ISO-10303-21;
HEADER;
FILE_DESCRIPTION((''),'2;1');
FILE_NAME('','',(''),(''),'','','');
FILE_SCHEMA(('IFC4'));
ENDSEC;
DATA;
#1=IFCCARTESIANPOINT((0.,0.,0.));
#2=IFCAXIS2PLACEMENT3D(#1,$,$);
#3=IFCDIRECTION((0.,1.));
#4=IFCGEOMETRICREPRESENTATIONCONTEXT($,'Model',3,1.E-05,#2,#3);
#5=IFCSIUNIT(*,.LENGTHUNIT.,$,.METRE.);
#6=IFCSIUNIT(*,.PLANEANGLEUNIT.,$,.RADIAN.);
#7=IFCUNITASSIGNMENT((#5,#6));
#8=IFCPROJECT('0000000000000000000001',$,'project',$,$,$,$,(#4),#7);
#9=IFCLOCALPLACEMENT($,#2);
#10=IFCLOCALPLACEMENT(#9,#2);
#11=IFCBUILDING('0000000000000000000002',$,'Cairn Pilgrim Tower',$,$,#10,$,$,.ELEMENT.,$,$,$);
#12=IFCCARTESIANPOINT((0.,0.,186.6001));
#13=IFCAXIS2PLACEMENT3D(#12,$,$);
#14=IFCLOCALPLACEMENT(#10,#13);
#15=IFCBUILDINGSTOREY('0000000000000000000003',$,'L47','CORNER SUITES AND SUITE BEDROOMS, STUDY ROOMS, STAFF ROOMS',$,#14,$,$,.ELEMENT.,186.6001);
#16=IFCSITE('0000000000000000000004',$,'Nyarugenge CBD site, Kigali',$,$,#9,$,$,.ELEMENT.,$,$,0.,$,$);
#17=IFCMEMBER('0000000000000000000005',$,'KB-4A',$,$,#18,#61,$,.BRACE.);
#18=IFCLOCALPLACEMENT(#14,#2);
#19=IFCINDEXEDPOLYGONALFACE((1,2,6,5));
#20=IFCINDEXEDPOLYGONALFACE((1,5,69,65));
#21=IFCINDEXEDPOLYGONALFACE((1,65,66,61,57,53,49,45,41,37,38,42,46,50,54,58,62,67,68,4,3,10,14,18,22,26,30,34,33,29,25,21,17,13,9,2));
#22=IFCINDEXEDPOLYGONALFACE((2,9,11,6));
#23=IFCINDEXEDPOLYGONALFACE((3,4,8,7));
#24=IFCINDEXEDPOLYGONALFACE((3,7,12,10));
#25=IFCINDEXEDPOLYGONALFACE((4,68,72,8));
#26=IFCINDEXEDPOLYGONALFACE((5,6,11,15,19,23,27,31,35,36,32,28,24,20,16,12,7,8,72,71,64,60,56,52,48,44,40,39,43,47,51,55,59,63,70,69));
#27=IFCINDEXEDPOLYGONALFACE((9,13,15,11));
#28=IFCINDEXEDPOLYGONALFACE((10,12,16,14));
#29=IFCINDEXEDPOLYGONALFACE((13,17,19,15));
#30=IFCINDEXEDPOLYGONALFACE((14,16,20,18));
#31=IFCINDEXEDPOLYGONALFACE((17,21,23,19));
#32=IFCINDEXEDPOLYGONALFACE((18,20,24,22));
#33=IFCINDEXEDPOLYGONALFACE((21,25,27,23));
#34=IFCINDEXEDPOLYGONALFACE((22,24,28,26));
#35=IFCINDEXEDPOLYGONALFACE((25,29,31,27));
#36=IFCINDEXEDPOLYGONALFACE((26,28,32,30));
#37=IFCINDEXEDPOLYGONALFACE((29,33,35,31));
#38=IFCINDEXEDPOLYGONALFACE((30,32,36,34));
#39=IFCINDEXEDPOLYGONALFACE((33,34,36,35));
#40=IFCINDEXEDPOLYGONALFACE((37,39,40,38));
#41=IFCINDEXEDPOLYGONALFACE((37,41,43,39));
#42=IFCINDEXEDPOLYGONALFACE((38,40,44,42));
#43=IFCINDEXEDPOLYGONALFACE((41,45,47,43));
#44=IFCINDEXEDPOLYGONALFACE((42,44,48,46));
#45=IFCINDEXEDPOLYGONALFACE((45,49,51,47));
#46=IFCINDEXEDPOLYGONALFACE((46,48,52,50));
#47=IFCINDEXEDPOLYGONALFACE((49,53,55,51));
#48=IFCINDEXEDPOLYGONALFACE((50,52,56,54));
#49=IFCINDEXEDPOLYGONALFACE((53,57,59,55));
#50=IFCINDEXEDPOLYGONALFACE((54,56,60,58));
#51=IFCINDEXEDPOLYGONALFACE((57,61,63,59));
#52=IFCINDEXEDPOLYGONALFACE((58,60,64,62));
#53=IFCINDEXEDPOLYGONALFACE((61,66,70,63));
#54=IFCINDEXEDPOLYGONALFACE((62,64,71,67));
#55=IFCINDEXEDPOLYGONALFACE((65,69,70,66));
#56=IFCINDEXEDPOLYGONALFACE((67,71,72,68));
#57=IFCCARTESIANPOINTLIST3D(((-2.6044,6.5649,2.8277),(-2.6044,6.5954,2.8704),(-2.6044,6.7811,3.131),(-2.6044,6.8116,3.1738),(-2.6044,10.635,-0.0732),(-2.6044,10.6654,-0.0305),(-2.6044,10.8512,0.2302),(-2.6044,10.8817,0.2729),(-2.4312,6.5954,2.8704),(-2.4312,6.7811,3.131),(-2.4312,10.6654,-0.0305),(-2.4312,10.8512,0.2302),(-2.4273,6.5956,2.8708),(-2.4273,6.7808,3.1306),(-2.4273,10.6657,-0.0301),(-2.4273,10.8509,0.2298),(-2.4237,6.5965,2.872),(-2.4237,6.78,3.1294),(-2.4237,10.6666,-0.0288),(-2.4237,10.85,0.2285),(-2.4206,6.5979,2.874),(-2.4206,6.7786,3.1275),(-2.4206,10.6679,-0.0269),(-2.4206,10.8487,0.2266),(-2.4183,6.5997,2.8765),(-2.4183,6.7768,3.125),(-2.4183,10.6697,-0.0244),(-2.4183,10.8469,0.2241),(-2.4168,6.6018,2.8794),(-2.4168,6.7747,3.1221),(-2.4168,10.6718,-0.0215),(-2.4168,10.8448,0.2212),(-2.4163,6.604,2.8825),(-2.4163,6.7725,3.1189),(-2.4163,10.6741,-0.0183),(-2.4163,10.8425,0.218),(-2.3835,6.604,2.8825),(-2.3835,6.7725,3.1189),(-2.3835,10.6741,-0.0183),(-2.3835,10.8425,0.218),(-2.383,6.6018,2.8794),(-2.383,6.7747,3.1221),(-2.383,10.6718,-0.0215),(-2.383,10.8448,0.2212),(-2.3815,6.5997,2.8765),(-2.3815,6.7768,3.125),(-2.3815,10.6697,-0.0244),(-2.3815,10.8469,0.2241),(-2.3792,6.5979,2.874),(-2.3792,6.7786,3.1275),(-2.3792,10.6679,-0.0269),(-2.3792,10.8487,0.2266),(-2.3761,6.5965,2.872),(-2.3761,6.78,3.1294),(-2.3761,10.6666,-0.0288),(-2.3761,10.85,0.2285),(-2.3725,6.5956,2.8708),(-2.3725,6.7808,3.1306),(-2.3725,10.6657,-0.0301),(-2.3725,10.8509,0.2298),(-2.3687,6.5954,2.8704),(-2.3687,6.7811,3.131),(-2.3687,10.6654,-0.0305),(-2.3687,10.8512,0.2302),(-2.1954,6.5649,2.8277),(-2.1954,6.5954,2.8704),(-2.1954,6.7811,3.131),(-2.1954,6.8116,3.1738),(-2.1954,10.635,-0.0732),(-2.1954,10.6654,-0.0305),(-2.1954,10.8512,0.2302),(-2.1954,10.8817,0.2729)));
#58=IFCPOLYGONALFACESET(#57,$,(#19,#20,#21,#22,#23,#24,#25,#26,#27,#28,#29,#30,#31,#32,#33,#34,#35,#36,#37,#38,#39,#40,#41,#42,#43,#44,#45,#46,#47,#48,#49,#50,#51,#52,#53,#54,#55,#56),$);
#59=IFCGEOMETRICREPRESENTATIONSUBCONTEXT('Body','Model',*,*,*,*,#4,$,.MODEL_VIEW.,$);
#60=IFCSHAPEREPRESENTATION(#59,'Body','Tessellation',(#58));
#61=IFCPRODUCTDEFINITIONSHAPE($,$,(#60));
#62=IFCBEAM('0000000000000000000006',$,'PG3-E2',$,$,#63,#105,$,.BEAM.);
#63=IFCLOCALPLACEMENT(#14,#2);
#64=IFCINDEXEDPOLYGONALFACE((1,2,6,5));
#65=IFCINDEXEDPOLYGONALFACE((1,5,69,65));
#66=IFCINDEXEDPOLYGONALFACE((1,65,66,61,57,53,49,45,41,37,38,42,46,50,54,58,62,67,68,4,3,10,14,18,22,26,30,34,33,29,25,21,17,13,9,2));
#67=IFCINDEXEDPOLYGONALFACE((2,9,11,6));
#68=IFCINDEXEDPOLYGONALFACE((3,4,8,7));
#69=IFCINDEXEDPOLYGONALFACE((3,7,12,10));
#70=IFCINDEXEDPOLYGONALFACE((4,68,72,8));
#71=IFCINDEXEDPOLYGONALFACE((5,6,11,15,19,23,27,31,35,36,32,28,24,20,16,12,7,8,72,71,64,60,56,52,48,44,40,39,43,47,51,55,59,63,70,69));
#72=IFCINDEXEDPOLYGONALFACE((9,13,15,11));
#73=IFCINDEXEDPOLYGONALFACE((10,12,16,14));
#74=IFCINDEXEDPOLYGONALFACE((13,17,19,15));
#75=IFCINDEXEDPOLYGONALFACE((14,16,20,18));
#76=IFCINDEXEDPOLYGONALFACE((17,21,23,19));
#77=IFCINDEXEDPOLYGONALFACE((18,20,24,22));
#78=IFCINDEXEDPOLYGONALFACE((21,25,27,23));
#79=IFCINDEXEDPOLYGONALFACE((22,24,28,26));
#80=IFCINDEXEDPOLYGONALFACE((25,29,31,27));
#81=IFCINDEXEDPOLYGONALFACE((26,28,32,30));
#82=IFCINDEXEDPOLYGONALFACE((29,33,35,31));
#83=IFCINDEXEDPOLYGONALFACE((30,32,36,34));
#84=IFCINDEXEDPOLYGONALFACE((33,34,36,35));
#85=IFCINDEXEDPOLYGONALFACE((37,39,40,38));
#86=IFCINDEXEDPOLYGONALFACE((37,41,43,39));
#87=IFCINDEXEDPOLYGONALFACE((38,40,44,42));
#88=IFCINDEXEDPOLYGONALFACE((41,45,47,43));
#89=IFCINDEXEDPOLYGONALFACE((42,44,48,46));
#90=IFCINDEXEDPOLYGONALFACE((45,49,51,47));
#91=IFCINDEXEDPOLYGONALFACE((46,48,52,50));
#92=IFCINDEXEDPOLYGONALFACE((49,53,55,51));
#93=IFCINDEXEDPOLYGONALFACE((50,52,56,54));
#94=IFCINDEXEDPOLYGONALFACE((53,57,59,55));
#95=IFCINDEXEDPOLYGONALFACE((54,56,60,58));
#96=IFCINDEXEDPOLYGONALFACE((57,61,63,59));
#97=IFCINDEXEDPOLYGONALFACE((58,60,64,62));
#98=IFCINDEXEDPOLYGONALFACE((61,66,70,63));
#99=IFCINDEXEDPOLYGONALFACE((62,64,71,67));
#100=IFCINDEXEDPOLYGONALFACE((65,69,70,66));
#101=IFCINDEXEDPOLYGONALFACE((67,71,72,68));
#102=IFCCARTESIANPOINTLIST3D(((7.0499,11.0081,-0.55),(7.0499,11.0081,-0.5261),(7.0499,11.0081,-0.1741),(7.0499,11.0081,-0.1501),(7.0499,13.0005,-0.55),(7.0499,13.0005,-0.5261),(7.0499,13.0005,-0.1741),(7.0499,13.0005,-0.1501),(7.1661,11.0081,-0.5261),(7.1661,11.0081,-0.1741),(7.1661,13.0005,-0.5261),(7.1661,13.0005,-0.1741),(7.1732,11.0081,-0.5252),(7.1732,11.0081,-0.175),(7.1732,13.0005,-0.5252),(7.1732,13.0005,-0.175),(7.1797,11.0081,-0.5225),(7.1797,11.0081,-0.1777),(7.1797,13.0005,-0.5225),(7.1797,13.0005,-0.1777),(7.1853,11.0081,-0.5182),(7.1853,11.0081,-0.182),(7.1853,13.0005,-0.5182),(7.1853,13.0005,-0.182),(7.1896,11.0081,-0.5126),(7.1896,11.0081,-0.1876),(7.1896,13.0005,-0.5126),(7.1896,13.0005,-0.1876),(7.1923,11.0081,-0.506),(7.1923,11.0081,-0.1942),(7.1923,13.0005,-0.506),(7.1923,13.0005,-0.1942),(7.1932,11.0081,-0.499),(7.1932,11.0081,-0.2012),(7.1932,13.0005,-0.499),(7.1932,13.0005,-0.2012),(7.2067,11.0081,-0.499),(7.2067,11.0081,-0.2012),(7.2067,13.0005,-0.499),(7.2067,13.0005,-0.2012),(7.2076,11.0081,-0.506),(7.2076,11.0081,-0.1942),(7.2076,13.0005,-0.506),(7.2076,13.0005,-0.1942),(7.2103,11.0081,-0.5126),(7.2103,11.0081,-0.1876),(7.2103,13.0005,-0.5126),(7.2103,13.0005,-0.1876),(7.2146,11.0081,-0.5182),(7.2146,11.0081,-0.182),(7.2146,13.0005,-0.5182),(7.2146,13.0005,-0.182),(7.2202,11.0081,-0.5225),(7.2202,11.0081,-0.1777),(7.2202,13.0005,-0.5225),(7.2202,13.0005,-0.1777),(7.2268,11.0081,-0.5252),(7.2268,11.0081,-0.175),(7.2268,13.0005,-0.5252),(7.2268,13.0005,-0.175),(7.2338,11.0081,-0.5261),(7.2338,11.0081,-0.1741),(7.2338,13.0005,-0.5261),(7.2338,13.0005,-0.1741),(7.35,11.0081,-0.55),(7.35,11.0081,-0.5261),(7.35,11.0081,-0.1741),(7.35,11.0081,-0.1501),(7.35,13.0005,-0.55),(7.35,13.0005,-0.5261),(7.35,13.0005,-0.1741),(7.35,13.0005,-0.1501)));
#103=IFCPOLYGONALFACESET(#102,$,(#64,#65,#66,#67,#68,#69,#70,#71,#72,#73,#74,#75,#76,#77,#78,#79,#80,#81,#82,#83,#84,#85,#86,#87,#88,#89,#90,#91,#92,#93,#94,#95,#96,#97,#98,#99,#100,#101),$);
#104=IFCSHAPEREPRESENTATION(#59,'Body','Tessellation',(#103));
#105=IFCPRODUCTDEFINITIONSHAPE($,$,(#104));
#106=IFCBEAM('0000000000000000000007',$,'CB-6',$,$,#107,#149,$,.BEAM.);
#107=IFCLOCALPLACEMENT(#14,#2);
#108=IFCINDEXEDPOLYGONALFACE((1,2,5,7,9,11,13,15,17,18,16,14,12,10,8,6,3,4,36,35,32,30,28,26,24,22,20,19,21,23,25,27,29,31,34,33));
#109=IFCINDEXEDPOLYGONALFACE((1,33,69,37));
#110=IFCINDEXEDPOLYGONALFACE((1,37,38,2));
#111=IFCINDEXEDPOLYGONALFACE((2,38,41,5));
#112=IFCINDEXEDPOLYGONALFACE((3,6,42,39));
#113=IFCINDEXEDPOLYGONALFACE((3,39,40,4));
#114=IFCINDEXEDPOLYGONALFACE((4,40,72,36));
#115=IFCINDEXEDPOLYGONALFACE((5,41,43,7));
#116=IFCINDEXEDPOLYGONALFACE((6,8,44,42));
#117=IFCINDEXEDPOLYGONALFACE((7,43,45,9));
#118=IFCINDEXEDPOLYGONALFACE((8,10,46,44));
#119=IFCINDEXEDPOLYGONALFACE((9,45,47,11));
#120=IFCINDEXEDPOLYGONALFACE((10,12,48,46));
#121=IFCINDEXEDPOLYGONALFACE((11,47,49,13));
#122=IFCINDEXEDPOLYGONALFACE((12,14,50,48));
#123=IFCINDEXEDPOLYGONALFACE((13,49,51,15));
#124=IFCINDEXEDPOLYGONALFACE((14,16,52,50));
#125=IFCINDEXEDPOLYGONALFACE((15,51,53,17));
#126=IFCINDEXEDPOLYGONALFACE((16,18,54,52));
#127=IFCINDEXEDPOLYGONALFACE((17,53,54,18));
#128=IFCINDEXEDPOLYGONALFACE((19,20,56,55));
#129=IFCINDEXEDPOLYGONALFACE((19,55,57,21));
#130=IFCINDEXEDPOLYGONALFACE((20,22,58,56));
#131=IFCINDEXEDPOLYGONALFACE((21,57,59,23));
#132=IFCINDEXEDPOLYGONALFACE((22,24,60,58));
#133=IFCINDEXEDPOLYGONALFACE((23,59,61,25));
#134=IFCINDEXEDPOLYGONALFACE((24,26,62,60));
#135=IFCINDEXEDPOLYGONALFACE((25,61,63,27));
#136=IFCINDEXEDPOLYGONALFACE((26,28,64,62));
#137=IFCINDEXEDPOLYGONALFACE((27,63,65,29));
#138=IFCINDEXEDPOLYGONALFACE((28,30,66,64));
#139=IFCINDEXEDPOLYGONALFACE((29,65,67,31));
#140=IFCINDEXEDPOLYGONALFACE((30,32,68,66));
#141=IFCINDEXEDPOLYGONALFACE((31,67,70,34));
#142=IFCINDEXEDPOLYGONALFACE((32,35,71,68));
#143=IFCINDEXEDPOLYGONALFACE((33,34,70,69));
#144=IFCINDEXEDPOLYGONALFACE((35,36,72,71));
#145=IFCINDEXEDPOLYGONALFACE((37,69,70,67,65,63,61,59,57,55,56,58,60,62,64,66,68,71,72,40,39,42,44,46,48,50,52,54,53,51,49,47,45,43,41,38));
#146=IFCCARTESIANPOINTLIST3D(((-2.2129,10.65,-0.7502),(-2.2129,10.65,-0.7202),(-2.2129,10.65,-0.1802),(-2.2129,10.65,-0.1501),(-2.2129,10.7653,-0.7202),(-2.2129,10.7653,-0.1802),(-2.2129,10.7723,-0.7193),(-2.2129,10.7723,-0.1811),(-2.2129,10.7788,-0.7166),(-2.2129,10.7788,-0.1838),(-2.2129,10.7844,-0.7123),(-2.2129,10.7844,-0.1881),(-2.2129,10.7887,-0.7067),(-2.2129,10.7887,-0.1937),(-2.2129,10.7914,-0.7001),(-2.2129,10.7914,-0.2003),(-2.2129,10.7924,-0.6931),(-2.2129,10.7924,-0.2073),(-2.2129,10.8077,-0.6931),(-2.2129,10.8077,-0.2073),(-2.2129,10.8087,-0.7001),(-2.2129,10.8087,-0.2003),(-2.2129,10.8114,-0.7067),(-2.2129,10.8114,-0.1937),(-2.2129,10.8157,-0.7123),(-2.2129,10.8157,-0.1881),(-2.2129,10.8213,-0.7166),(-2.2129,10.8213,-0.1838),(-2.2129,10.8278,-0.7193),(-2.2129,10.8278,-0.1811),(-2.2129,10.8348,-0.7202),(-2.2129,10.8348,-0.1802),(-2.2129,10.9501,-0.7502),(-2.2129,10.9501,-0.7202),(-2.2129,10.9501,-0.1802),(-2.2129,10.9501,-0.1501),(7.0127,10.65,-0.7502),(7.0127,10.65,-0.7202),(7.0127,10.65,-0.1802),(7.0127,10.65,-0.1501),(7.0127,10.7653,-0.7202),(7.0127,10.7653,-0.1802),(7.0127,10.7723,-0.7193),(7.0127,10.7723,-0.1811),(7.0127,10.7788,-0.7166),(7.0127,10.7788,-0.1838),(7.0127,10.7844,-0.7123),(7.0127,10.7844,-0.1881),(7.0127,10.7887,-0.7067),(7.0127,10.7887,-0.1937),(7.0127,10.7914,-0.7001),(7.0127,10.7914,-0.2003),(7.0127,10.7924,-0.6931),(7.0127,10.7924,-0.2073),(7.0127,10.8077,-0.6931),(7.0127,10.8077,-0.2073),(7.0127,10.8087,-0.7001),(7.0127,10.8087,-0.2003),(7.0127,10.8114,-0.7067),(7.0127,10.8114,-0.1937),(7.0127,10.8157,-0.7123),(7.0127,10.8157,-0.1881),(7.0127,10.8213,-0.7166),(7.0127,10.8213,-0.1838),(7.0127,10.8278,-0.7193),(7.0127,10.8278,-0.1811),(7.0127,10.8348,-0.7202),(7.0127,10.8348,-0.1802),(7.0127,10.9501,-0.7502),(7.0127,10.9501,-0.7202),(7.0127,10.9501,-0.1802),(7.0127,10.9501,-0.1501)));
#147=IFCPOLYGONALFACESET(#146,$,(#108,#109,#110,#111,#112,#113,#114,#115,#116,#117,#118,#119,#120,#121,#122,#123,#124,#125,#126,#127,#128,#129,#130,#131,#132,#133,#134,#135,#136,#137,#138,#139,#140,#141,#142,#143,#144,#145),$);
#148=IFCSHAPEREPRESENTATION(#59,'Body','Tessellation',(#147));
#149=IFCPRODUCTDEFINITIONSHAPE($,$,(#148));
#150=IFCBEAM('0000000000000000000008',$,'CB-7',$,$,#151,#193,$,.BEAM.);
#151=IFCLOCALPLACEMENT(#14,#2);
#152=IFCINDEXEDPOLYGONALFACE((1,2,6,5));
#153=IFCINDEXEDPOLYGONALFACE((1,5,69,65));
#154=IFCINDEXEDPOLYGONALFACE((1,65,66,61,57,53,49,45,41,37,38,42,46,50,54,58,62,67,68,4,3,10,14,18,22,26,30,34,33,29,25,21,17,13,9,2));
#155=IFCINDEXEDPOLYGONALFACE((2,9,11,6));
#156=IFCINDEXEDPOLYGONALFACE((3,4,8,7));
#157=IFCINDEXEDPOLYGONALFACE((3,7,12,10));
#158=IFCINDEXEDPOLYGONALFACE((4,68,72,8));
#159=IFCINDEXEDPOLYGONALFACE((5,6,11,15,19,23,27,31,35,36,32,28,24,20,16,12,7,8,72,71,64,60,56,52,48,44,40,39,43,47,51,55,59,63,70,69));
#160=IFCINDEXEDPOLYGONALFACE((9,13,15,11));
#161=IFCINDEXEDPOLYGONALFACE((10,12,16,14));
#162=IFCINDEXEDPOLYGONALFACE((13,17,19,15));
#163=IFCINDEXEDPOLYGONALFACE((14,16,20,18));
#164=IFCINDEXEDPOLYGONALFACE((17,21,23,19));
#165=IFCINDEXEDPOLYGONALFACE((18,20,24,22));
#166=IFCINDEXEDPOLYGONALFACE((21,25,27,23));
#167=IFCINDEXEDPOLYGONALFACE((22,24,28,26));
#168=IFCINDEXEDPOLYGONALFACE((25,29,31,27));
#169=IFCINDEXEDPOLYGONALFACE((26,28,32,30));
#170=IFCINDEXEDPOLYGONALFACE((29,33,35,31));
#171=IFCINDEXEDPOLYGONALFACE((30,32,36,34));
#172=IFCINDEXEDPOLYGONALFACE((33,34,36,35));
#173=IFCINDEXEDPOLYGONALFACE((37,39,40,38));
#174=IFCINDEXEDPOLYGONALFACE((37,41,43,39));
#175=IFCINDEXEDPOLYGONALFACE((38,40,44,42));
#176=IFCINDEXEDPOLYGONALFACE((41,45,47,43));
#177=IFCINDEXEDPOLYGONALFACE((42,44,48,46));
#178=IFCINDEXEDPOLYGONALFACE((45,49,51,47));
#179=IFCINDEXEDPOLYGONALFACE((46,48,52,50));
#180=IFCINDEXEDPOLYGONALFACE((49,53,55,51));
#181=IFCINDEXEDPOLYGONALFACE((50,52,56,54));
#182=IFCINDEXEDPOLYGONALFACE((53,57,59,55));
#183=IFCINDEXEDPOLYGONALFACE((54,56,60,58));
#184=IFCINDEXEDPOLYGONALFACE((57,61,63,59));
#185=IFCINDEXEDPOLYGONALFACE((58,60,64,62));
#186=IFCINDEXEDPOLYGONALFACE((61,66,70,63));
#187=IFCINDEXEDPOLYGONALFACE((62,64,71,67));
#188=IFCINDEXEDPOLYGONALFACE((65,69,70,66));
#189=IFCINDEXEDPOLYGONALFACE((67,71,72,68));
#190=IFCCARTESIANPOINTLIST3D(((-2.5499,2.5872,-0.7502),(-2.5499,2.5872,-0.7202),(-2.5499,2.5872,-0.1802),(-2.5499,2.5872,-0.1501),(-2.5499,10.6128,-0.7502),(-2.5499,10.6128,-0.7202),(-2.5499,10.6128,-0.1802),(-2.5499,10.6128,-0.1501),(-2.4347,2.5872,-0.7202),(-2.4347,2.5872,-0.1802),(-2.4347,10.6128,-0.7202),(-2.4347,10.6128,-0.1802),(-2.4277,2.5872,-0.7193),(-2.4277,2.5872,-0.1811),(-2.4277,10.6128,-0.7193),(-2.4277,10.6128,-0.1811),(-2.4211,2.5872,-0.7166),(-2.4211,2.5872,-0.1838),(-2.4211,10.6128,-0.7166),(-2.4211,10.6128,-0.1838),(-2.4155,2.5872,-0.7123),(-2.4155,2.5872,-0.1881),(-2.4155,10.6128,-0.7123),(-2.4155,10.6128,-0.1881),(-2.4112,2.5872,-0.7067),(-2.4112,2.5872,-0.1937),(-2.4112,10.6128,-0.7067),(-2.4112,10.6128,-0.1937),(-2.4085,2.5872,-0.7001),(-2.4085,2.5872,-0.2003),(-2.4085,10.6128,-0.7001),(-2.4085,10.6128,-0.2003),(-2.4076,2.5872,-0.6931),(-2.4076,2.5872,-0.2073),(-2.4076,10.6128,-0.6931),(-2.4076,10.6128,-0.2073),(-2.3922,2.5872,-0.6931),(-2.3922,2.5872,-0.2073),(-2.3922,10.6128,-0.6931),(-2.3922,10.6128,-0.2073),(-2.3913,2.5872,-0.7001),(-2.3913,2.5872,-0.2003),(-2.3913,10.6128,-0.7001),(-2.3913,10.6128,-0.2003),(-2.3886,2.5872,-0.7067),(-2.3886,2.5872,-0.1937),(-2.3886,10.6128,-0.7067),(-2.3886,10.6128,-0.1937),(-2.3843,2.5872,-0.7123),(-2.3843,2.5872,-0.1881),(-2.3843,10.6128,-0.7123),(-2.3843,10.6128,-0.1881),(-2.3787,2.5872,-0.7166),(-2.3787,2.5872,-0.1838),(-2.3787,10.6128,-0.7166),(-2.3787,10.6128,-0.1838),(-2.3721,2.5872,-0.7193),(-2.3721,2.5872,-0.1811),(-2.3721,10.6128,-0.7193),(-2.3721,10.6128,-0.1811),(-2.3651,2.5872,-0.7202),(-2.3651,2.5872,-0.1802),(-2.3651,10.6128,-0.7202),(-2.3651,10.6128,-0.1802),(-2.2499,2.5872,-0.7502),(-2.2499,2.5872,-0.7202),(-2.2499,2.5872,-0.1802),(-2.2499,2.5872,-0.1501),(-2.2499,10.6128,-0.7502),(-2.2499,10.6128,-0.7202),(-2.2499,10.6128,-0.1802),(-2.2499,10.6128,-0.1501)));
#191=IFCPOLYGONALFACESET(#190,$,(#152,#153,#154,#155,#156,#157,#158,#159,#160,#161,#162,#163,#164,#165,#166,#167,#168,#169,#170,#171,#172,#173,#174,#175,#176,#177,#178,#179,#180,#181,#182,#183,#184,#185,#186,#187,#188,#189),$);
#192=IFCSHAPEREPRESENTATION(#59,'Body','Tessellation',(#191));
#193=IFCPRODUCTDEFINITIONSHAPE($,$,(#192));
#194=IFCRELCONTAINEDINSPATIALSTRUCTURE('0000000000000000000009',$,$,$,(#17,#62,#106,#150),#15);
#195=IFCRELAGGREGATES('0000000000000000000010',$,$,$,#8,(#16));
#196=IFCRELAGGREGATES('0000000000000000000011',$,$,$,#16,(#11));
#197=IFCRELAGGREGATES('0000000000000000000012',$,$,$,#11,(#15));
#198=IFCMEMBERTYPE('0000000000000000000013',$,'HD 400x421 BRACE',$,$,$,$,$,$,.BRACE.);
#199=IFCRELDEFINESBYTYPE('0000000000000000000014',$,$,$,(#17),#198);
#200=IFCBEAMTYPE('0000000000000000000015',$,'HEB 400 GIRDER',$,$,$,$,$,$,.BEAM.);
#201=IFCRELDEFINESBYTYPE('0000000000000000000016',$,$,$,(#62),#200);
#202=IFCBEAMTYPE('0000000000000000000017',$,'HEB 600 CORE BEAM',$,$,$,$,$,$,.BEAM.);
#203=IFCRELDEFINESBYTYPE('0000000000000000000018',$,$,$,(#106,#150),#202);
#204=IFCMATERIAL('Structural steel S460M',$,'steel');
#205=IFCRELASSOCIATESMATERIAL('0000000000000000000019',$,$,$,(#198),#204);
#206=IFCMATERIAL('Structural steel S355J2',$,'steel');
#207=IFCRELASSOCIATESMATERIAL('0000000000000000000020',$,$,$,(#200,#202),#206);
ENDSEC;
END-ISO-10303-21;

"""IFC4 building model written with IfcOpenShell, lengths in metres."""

from ifc_helpers import new_model, si_unit, direction, frame, origin, origin_2d, place, context, subcontext, project, spatial, i_section, extrude, material, material_profile, profile_set, type_object, element, save


model = new_model("IFC4")

# Units and contexts
model_context = context("Model", 3, precision=1e-05, world=origin(), true_north=direction((0.0, 1.0)))
body_context = subcontext(model_context, "Body", "Model", "MODEL_VIEW")
ifc_project = project(units=[si_unit("LENGTHUNIT", "METRE"), si_unit("PLANEANGLEUNIT", "RADIAN")], contexts=[model_context])

# Site, building, storey
site_placement = place(None, origin())
site = spatial("IfcSite", under=ifc_project, at=site_placement, Name="Nyarugenge CBD site, Kigali", CompositionType="ELEMENT", RefElevation=0.0)
building_placement = place(site_placement, origin())
building = spatial("IfcBuilding", under=site, at=building_placement, Name="Cairn Pilgrim Tower", CompositionType="ELEMENT")
storey_placement = place(building_placement, frame((0.0, 0.0, 186.6001)))
storey = spatial("IfcBuildingStorey", under=building, at=storey_placement, Name="L47", Description="CORNER SUITES AND SUITE BEDROOMS, STUDY ROOMS, STAFF ROOMS", CompositionType="ELEMENT", Elevation=186.6001)

# Shared definitions
ifc_material_1 = material(Name="Structural steel S355J2", Category="steel")
ifc_material_2 = material(Name="Structural steel S460M", Category="steel")

# Member
ifc_material_profile_1 = material_profile(ifc_material_2, i_section(OverallWidth=0.4089, OverallDepth=0.425, WebThickness=0.0327, FlangeThickness=0.0525, FilletRadius=0.0149, at=origin_2d()), Name="HD 400x421")
ifc_profile_set_1 = profile_set([ifc_material_profile_1], Name="Structural steel S460M")
member_type = type_object("IfcMemberType", Name="HD 400x421 BRACE", PredefinedType="BRACE", material=ifc_profile_set_1)
member_1_placement = place(storey_placement, frame((-2.3999, 10.7583, 0.0999), z_axis=(0.0, -0.81433, 0.580402), x_axis=(1.0, 0.0, 0.0)))
element("IfcMember", 1, at=member_1_placement, inside=storey, type_object=member_type, Name="KB-4A", PredefinedType="BRACE", context=body_context, shape_type="SweptSolid", body=[
    extrude(i_section(OverallWidth=0.4089, OverallDepth=0.425, WebThickness=0.0327, FlangeThickness=0.0525, FilletRadius=0.0149, at=origin_2d()), origin(), (0.0, 0.0, 1.0), 4.998),
])

# Beams
ifc_material_profile_2 = material_profile(ifc_material_1, i_section(OverallWidth=0.3, OverallDepth=0.3999, WebThickness=0.0134, FlangeThickness=0.0239, FilletRadius=0.0271, at=origin_2d()), Name="HEB 400")
ifc_profile_set_2 = profile_set([ifc_material_profile_2], Name="Structural steel S355J2")
beam_type_1 = type_object("IfcBeamType", Name="HEB 400 GIRDER", PredefinedType="BEAM", material=ifc_profile_set_2)
beam_1_placement = place(storey_placement, frame((7.2, 11.0081, -0.3501), z_axis=(0.0, 1.0, 0.0), x_axis=(-1.0, 0.0, 0.0)))
element("IfcBeam", 2, at=beam_1_placement, inside=storey, type_object=beam_type_1, Name="PG3-E2", PredefinedType="BEAM", context=body_context, shape_type="SweptSolid", body=[
    extrude(i_section(OverallWidth=0.3, OverallDepth=0.3999, WebThickness=0.0134, FlangeThickness=0.0239, FilletRadius=0.0271, at=origin_2d()), origin(), (0.0, 0.0, 1.0), 1.9924),
])
ifc_material_profile_3 = material_profile(ifc_material_1, i_section(OverallWidth=0.3, OverallDepth=0.6001, WebThickness=0.0154, FlangeThickness=0.03, FilletRadius=0.0271, at=origin_2d()), Name="HEB 600")
ifc_profile_set_3 = profile_set([ifc_material_profile_3], Name="Structural steel S355J2")
beam_type_2 = type_object("IfcBeamType", Name="HEB 600 CORE BEAM", PredefinedType="BEAM", material=ifc_profile_set_3)
beam_2_placement = place(storey_placement, frame((7.0127, 10.8, -0.4502), z_axis=(-1.0, 0.0, 0.0), x_axis=(0.0, -1.0, 0.0)))
element("IfcBeam", 3, at=beam_2_placement, inside=storey, type_object=beam_type_2, Name="CB-6", PredefinedType="BEAM", context=body_context, shape_type="SweptSolid", body=[
    extrude(i_section(OverallWidth=0.3, OverallDepth=0.6001, WebThickness=0.0154, FlangeThickness=0.03, FilletRadius=0.0271, at=origin_2d()), origin(), (0.0, 0.0, 1.0), 9.2256),
])
beam_3_placement = place(storey_placement, frame((-2.3999, 10.6128, -0.4502), z_axis=(0.0, -1.0, 0.0), x_axis=(1.0, 0.0, 0.0)))
element("IfcBeam", 4, at=beam_3_placement, inside=storey, type_object=beam_type_2, Name="CB-7", PredefinedType="BEAM", context=body_context, shape_type="SweptSolid", body=[
    extrude(i_section(OverallWidth=0.3, OverallDepth=0.6001, WebThickness=0.0154, FlangeThickness=0.03, FilletRadius=0.0271, at=origin_2d()), origin(), (0.0, 0.0, 1.0), 8.0256),
])

save(model, "model.ifc")
